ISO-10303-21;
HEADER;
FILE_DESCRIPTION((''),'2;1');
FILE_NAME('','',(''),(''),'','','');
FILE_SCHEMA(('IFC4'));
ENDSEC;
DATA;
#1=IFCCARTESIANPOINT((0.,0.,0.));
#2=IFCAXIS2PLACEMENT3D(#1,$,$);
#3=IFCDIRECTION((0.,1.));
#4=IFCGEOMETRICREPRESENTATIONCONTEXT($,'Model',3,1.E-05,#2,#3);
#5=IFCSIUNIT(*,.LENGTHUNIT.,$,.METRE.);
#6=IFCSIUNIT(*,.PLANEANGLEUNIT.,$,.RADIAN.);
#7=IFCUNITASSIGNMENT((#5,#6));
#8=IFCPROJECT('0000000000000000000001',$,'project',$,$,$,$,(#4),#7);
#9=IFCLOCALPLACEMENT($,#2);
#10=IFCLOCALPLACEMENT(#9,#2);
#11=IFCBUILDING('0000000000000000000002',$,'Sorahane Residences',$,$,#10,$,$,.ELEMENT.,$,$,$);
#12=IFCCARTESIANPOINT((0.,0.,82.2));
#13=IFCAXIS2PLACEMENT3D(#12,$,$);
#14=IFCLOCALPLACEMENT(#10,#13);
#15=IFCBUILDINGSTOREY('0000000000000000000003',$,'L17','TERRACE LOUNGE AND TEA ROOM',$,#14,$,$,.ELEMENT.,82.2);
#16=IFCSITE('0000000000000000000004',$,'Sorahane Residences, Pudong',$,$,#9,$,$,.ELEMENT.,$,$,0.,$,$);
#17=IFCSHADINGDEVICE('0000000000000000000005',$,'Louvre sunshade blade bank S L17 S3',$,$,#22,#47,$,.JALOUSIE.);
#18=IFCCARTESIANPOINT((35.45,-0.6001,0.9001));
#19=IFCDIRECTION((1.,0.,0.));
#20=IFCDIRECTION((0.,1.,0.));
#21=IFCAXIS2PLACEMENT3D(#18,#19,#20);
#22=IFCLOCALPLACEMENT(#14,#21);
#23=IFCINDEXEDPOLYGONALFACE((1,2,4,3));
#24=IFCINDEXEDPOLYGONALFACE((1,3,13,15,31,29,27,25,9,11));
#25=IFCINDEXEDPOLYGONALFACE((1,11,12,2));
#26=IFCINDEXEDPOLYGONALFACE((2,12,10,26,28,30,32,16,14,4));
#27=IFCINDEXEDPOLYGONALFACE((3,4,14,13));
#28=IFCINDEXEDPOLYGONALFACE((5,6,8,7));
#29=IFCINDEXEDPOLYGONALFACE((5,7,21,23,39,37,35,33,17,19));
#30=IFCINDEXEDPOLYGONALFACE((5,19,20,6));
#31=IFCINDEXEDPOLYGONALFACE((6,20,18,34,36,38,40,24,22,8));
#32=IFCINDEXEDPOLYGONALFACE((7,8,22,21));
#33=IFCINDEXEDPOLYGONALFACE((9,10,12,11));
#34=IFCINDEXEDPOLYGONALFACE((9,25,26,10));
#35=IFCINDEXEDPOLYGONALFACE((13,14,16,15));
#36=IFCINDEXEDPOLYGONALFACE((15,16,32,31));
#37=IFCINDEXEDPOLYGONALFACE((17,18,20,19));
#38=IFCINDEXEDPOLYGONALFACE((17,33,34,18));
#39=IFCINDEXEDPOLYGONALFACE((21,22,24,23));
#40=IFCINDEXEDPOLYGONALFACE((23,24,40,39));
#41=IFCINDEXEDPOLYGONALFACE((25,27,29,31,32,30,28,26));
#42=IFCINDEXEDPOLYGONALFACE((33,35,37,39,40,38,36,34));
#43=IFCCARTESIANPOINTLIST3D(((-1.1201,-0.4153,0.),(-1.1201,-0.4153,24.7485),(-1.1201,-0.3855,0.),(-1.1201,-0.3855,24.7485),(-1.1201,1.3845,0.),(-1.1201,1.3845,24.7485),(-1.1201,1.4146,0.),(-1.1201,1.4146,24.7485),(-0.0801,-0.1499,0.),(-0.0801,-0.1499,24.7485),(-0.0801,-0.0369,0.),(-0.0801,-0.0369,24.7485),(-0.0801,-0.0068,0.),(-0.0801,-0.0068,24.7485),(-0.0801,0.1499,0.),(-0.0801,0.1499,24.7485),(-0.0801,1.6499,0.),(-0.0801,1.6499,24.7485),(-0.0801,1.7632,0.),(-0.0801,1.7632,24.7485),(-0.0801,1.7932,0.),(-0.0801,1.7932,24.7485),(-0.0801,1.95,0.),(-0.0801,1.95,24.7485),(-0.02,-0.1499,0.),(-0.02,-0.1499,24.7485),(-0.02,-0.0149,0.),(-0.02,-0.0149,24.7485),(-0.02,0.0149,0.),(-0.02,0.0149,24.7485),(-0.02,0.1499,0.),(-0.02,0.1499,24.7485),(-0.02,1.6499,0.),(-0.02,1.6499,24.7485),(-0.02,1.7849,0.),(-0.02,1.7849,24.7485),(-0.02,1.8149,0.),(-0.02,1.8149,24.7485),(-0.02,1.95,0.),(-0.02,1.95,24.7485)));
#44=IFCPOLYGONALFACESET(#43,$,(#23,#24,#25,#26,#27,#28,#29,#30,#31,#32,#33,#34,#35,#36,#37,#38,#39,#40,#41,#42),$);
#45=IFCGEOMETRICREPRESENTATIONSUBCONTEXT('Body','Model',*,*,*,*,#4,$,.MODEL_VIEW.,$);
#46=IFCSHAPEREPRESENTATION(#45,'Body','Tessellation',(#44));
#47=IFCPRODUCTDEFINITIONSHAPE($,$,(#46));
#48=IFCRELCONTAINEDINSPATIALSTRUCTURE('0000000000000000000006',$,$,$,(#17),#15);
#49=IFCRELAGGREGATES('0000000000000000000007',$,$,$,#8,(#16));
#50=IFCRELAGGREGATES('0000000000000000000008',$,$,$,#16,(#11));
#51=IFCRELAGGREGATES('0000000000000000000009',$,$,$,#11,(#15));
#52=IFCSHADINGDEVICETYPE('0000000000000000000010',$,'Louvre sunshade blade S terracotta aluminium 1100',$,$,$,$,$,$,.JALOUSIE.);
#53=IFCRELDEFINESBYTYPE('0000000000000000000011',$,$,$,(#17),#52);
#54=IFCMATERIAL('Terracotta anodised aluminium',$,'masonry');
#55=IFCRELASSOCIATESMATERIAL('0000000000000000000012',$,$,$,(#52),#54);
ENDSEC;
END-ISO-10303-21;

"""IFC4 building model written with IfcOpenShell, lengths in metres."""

from ifc_helpers import new_model, si_unit, direction, frame, origin, place, context, subcontext, project, spatial, polyline, outline, composite_profile, extrude, material, type_object, element, save


model = new_model("IFC4")

# Units and contexts
model_context = context("Model", 3, precision=1e-05, world=origin(), true_north=direction((0.0, 1.0)))
body_context = subcontext(model_context, "Body", "Model", "MODEL_VIEW")
ifc_project = project(units=[si_unit("LENGTHUNIT", "METRE"), si_unit("PLANEANGLEUNIT", "RADIAN")], contexts=[model_context])

# Site, building, storey
site_placement = place(None, origin())
site = spatial("IfcSite", under=ifc_project, at=site_placement, Name="Sorahane Residences, Pudong", CompositionType="ELEMENT", RefElevation=0.0)
building_placement = place(site_placement, origin())
building = spatial("IfcBuilding", under=site, at=building_placement, Name="Sorahane Residences", CompositionType="ELEMENT")
storey_placement = place(building_placement, frame((0.0, 0.0, 82.2)))
storey = spatial("IfcBuildingStorey", under=building, at=storey_placement, Name="L17", Description="TERRACE LOUNGE AND TEA ROOM", CompositionType="ELEMENT", Elevation=82.2)

# Shading device
ifc_material_1 = material(Name="Terracotta anodised aluminium", Category="masonry")
shading_device_type = type_object("IfcShadingDeviceType", Name="Louvre sunshade blade S terracotta aluminium 1100", PredefinedType="JALOUSIE", material=ifc_material_1)
shading_device_placement = place(storey_placement, frame((35.45, -0.6001, 0.9001), z_axis=(1.0, 0.0, 0.0), x_axis=(0.0, 1.0, 0.0)))
element("IfcShadingDevice", 1, at=shading_device_placement, inside=storey, type_object=shading_device_type, Name="Louvre sunshade blade bank S L17 S3", PredefinedType="JALOUSIE", context=body_context, shape_type="SweptSolid", body=[
    extrude(composite_profile([outline(polyline([(-1.1201, -0.3855), (-1.1201, -0.4153), (-0.0801, -0.0369), (-0.0801, -0.1499), (-0.02, -0.1499), (-0.02, -0.0149), (-0.02, 0.0149), (-0.02, 0.1499), (-0.0801, 0.1499), (-0.0801, -0.0068), (-1.1201, -0.3855)])), outline(polyline([(-1.1201, 1.4146), (-1.1201, 1.3845), (-0.0801, 1.7632), (-0.0801, 1.6499), (-0.02, 1.6499), (-0.02, 1.7849), (-0.02, 1.8149), (-0.02, 1.95), (-0.0801, 1.95), (-0.0801, 1.7932), (-1.1201, 1.4146)]))]), origin(), (0.0, 0.0, 1.0), 24.7485),
])

save(model, "model.ifc")
